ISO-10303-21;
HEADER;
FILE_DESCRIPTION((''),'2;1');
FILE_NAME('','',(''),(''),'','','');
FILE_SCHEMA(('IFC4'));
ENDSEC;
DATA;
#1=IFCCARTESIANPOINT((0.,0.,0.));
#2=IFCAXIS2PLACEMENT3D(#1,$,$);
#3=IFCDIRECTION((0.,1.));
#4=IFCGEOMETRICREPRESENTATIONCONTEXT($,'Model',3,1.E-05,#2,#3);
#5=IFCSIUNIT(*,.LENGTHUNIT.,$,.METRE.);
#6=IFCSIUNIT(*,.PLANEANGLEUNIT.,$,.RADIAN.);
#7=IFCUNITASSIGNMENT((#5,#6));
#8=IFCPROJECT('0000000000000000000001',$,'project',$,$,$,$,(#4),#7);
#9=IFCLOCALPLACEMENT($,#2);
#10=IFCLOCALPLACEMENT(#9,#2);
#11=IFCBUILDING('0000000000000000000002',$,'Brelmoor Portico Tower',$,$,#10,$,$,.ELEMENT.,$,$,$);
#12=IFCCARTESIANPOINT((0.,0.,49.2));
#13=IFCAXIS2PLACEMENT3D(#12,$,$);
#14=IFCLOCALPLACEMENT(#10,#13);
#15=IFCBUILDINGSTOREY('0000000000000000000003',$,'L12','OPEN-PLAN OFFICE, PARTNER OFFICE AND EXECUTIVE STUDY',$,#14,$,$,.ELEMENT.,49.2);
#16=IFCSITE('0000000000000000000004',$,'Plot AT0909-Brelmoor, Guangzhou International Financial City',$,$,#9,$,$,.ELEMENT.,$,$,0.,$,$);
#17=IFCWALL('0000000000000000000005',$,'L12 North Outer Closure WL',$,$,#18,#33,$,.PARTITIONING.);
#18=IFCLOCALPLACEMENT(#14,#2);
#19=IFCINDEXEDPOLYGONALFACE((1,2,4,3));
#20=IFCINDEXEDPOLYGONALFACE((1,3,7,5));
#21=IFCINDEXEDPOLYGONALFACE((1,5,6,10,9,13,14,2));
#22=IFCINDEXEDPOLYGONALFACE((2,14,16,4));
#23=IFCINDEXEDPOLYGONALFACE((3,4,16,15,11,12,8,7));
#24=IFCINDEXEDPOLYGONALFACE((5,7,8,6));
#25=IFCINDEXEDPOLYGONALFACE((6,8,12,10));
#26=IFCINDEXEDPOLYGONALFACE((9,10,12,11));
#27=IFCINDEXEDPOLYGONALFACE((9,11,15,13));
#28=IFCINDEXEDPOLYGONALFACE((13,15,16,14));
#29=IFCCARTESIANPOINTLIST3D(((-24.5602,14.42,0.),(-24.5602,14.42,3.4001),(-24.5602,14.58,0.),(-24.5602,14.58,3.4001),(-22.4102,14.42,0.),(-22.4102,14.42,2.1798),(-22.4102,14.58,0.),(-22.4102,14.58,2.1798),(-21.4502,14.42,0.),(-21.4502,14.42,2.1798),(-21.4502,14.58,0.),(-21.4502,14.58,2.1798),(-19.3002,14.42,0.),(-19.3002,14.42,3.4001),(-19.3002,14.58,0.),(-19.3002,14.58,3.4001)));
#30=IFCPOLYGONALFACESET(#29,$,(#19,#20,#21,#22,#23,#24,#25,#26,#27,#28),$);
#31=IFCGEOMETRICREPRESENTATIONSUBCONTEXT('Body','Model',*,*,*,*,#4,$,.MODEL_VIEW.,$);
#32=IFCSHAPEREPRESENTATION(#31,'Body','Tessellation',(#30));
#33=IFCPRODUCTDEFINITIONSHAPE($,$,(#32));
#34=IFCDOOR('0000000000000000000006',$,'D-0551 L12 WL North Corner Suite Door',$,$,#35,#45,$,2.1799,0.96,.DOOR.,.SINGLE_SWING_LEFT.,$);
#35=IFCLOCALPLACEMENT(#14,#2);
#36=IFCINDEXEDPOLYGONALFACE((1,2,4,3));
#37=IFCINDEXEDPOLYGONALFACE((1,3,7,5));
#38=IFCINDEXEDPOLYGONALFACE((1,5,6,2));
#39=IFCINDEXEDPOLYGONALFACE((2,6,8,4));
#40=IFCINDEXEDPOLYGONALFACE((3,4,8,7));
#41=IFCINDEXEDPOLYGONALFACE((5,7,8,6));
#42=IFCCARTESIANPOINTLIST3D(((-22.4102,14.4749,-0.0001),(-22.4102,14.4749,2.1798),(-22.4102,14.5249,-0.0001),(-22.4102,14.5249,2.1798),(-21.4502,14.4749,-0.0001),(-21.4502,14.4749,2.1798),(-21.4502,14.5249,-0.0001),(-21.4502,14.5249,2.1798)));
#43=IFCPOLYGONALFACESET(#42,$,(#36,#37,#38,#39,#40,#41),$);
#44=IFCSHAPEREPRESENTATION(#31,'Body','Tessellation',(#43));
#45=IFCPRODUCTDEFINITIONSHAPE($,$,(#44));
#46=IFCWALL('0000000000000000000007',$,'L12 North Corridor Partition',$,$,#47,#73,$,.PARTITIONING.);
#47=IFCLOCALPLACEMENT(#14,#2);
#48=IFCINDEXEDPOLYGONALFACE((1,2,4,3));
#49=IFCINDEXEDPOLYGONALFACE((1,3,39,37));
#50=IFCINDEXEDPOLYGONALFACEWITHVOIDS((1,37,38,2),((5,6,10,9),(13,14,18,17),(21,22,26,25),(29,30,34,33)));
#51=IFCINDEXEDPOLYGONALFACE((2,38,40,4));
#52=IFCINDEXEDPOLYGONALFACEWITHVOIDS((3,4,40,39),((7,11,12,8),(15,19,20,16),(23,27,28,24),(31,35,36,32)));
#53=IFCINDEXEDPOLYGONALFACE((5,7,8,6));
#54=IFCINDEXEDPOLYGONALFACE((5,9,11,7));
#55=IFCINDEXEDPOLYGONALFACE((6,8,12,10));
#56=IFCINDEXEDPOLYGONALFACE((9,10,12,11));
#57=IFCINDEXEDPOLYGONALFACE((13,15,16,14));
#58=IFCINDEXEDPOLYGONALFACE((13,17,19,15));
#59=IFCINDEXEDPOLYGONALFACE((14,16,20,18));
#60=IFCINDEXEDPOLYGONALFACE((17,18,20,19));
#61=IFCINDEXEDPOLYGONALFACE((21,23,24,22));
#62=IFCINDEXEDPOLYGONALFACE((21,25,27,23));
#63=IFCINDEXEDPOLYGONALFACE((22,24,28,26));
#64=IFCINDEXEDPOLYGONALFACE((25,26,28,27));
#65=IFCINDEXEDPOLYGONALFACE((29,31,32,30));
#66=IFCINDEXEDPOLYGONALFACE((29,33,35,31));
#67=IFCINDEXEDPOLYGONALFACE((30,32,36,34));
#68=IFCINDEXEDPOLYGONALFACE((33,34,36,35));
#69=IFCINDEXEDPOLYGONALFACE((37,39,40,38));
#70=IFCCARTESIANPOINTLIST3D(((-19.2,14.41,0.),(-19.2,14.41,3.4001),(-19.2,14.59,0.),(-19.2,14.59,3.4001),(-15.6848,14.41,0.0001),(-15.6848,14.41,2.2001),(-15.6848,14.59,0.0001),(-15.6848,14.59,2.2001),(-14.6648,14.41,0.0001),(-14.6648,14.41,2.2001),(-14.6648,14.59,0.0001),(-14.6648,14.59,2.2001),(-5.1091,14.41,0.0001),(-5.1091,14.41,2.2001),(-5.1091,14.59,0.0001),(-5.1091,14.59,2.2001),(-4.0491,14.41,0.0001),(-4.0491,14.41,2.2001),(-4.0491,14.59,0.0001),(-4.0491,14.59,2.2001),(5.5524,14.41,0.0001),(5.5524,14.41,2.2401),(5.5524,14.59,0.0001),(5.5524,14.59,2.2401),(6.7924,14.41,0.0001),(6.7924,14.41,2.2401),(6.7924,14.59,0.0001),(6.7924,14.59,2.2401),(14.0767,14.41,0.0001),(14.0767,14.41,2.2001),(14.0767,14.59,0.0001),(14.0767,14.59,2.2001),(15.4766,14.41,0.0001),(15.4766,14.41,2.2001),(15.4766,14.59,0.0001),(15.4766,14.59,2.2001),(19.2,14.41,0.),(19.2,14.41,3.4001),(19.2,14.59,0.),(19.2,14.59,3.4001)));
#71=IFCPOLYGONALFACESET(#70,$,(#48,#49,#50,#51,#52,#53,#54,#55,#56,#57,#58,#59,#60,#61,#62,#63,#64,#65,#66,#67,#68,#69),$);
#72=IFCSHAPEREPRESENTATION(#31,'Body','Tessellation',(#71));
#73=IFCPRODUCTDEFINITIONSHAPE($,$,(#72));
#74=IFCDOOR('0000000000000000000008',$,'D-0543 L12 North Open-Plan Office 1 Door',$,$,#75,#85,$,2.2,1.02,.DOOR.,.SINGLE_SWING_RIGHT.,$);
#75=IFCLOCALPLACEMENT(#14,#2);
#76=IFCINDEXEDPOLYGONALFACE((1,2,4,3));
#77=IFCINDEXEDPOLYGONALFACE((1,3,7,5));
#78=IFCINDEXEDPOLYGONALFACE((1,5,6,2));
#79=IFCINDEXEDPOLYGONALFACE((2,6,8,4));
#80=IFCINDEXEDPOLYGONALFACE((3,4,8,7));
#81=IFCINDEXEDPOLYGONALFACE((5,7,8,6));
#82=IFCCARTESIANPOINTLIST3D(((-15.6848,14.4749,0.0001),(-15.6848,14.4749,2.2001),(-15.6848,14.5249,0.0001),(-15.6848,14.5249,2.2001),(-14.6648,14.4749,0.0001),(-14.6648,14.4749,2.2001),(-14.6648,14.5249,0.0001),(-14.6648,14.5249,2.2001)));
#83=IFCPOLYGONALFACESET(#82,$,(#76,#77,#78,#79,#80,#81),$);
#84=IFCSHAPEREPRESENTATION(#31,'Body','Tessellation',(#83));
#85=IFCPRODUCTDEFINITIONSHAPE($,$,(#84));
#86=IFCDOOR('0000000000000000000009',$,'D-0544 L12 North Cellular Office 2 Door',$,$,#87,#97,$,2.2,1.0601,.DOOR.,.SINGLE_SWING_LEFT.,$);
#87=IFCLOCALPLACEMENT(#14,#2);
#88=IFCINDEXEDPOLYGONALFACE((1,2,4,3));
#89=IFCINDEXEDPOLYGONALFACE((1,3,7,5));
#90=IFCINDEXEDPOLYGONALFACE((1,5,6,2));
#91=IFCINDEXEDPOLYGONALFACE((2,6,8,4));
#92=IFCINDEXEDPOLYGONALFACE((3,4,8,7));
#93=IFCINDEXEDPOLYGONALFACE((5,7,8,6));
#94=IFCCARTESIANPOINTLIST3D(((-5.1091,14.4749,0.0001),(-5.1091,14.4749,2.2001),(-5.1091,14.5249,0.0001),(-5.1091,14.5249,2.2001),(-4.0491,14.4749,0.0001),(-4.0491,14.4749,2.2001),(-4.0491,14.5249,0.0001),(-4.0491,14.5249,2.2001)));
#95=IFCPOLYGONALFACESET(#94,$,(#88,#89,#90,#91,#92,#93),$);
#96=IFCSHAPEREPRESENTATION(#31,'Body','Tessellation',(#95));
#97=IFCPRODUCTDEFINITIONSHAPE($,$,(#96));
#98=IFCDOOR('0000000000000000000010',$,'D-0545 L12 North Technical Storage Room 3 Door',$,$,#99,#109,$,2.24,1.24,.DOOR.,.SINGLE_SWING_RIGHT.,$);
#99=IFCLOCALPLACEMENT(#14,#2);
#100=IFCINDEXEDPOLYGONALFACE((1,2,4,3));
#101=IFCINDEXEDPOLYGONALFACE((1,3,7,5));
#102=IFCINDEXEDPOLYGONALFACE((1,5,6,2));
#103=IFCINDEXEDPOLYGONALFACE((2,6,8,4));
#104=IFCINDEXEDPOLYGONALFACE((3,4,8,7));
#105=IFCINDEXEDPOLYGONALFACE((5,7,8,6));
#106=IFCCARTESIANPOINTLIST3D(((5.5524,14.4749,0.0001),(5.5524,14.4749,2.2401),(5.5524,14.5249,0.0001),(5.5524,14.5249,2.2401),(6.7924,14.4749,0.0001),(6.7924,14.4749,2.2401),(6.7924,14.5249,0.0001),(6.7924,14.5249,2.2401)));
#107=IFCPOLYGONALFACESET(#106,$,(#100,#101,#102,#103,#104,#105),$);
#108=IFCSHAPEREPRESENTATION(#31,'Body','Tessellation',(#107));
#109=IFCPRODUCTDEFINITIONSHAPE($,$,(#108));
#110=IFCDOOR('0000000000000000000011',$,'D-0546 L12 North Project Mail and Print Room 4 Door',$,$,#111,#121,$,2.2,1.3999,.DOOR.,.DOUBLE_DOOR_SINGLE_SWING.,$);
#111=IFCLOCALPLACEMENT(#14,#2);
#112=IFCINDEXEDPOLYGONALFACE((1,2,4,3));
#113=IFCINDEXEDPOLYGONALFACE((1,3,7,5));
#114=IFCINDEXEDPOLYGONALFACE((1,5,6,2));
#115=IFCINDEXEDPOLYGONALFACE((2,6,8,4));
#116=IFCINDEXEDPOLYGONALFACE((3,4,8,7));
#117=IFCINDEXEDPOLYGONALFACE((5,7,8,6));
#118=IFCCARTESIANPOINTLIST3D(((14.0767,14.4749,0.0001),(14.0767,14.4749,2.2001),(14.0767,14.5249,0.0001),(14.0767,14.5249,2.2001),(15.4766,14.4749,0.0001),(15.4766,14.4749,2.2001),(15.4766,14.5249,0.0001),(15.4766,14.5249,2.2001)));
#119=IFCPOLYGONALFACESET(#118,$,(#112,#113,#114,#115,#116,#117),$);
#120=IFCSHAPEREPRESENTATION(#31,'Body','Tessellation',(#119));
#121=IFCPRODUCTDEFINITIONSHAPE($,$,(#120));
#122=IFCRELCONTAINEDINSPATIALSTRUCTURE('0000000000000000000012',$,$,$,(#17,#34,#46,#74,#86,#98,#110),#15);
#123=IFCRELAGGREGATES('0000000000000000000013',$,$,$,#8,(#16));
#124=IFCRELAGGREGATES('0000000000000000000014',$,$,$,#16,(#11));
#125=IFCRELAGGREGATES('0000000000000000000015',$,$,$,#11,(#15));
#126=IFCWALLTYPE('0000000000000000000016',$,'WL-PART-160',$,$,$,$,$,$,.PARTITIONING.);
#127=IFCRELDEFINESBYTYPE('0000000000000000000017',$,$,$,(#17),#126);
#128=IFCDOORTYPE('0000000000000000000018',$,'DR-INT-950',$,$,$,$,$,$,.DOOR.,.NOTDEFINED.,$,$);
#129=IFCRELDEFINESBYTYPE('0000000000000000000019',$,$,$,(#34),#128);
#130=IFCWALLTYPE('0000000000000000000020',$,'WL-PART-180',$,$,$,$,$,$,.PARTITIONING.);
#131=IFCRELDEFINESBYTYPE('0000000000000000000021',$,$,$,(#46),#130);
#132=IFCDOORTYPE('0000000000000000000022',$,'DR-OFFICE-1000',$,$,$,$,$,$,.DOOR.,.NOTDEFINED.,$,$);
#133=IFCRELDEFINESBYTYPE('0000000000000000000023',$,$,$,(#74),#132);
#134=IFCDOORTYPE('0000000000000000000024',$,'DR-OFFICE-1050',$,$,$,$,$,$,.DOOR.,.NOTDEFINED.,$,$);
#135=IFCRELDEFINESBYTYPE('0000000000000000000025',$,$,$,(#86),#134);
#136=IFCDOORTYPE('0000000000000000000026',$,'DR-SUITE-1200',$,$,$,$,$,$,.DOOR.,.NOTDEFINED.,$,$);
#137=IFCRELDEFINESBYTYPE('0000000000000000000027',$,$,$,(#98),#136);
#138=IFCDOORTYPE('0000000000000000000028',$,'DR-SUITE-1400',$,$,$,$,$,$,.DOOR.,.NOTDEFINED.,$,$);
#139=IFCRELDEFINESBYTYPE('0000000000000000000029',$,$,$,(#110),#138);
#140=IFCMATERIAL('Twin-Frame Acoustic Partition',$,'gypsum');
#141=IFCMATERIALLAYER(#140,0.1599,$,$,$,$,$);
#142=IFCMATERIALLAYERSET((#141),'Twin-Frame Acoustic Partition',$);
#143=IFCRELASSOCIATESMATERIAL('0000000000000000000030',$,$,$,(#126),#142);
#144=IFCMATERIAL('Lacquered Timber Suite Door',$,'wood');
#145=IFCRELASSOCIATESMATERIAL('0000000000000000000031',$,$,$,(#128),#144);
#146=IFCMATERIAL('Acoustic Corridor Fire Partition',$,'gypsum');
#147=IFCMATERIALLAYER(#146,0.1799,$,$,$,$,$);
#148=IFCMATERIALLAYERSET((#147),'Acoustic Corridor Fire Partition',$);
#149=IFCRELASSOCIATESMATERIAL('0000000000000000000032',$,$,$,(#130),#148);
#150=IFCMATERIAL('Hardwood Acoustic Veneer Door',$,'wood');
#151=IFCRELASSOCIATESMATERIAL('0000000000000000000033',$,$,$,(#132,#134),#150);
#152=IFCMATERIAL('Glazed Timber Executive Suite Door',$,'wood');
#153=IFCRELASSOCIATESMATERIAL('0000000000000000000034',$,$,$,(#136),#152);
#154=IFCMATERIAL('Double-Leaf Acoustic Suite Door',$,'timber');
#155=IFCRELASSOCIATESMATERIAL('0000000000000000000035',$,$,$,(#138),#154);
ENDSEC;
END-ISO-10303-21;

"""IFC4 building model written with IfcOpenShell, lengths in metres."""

from ifc_helpers import new_model, si_unit, direction, frame, frame_2d, origin, place, context, subcontext, project, spatial, rectangle, extrude, material, layer, layer_set, type_object, element, fill, save


model = new_model("IFC4")

# Units and contexts
model_context = context("Model", 3, precision=1e-05, world=origin(), true_north=direction((0.0, 1.0)))
body_context = subcontext(model_context, "Body", "Model", "MODEL_VIEW")
ifc_project = project(units=[si_unit("LENGTHUNIT", "METRE"), si_unit("PLANEANGLEUNIT", "RADIAN")], contexts=[model_context])

# Site, building, storey
site_placement = place(None, origin())
site = spatial("IfcSite", under=ifc_project, at=site_placement, Name="Plot AT0909-Brelmoor, Guangzhou International Financial City", CompositionType="ELEMENT", RefElevation=0.0)
building_placement = place(site_placement, origin())
building = spatial("IfcBuilding", under=site, at=building_placement, Name="Brelmoor Portico Tower", CompositionType="ELEMENT")
storey_placement = place(building_placement, frame((0.0, 0.0, 49.2)))
storey = spatial("IfcBuildingStorey", under=building, at=storey_placement, Name="L12", Description="OPEN-PLAN OFFICE, PARTNER OFFICE AND EXECUTIVE STUDY", CompositionType="ELEMENT", Elevation=49.2)

# Wall, opening, door
ifc_material_1 = material(Name="Twin-Frame Acoustic Partition", Category="gypsum")
ifc_layer_1 = layer(ifc_material_1, 0.1599)
ifc_layer_set_1 = layer_set([ifc_layer_1], Name="Twin-Frame Acoustic Partition")
wall_type_1 = type_object("IfcWallType", Name="WL-PART-160", PredefinedType="PARTITIONING", material=ifc_layer_set_1)
wall_1_placement = place(storey_placement, frame((-24.5601, 14.5, 0.0), z_axis=(0.0, 0.0, 1.0), x_axis=(1.0, 0.0, 0.0)))
wall_1 = element("IfcWall", 1, at=wall_1_placement, inside=storey, type_object=wall_type_1, Name="L12 North Outer Closure WL", PredefinedType="PARTITIONING", context=body_context, shape_type="SweptSolid", body=[
    extrude(rectangle(XDim=5.26, YDim=0.1599, at=frame_2d((2.6299, 0.0))), origin(), (0.0, 0.0, 1.0), 3.4001),
])
opening_1_placement = place(wall_1_placement, frame((2.1499, 0.0, 0.0)))
opening_1 = element("IfcOpeningElement", 2, at=opening_1_placement, cuts=wall_1, PredefinedType="OPENING", context=body_context, shape_type="SweptSolid", body=[
    extrude(rectangle(XDim=0.96, YDim=2.1799, at=frame_2d((0.48, 1.0898))), frame((0.0, 0.0898, 0.0), z_axis=(0.0, -1.0, 0.0), x_axis=(1.0, 0.0, 0.0)), (0.0, 0.0, 1.0), 0.1799),
])
ifc_material_2 = material(Name="Lacquered Timber Suite Door", Category="wood")
door_type_1 = type_object("IfcDoorType", Name="DR-INT-950", OperationType="NOTDEFINED", PredefinedType="DOOR", material=ifc_material_2)
door_1_placement = place(opening_1_placement, origin())
door_1 = element("IfcDoor", 3, at=door_1_placement, inside=storey, type_object=door_type_1, Name="D-0551 L12 WL North Corner Suite Door", OperationType="SINGLE_SWING_LEFT", OverallHeight=2.1799, OverallWidth=0.96, PredefinedType="DOOR", context=body_context, shape_type="SweptSolid", body=[
    extrude(rectangle(XDim=0.96, YDim=2.1799, at=frame_2d((0.48, 1.0898))), frame((0.0, 0.0249, 0.0), z_axis=(0.0, -1.0, 0.0), x_axis=(1.0, 0.0, 0.0)), (0.0, 0.0, 1.0), 0.05),
])
fill(opening_1, door_1)

# Wall, openings, doors
ifc_material_3 = material(Name="Acoustic Corridor Fire Partition", Category="gypsum")
ifc_layer_2 = layer(ifc_material_3, 0.1799)
ifc_layer_set_2 = layer_set([ifc_layer_2], Name="Acoustic Corridor Fire Partition")
wall_type_2 = type_object("IfcWallType", Name="WL-PART-180", PredefinedType="PARTITIONING", material=ifc_layer_set_2)
wall_2_placement = place(storey_placement, frame((-19.2, 14.5, 0.0), z_axis=(0.0, 0.0, 1.0), x_axis=(1.0, 0.0, 0.0)))
wall_2 = element("IfcWall", 4, at=wall_2_placement, inside=storey, type_object=wall_type_2, Name="L12 North Corridor Partition", PredefinedType="PARTITIONING", context=body_context, shape_type="SweptSolid", body=[
    extrude(rectangle(XDim=38.3999, YDim=0.1799, at=frame_2d((19.2, 0.0))), origin(), (0.0, 0.0, 1.0), 3.4001),
])
opening_2_placement = place(wall_2_placement, frame((3.5151, 0.0, 0.0)))
opening_2 = element("IfcOpeningElement", 5, at=opening_2_placement, cuts=wall_2, PredefinedType="OPENING", context=body_context, shape_type="SweptSolid", body=[
    extrude(rectangle(XDim=1.02, YDim=2.2, at=frame_2d((0.51, 1.1001))), frame((0.0, 0.0999, 0.0), z_axis=(0.0, -1.0, 0.0), x_axis=(1.0, 0.0, 0.0)), (0.0, 0.0, 1.0), 0.2),
])
opening_3_placement = place(wall_2_placement, frame((14.0908, 0.0, 0.0)))
opening_3 = element("IfcOpeningElement", 6, at=opening_3_placement, cuts=wall_2, PredefinedType="OPENING", context=body_context, shape_type="SweptSolid", body=[
    extrude(rectangle(XDim=1.0601, YDim=2.2, at=frame_2d((0.53, 1.1001))), frame((0.0, 0.0999, 0.0), z_axis=(0.0, -1.0, 0.0), x_axis=(1.0, 0.0, 0.0)), (0.0, 0.0, 1.0), 0.2),
])
opening_4_placement = place(wall_2_placement, frame((24.7522, 0.0, 0.0)))
opening_4 = element("IfcOpeningElement", 7, at=opening_4_placement, cuts=wall_2, PredefinedType="OPENING", context=body_context, shape_type="SweptSolid", body=[
    extrude(rectangle(XDim=1.24, YDim=2.24, at=frame_2d((0.6201, 1.1201))), frame((0.0, 0.0999, 0.0), z_axis=(0.0, -1.0, 0.0), x_axis=(1.0, 0.0, 0.0)), (0.0, 0.0, 1.0), 0.2),
])
opening_5_placement = place(wall_2_placement, frame((33.2766, 0.0, 0.0)))
opening_5 = element("IfcOpeningElement", 8, at=opening_5_placement, cuts=wall_2, PredefinedType="OPENING", context=body_context, shape_type="SweptSolid", body=[
    extrude(rectangle(XDim=1.3999, YDim=2.2, at=frame_2d((0.7, 1.1001))), frame((0.0, 0.0999, 0.0), z_axis=(0.0, -1.0, 0.0), x_axis=(1.0, 0.0, 0.0)), (0.0, 0.0, 1.0), 0.2),
])
ifc_material_4 = material(Name="Hardwood Acoustic Veneer Door", Category="wood")
door_type_2 = type_object("IfcDoorType", Name="DR-OFFICE-1000", OperationType="NOTDEFINED", PredefinedType="DOOR", material=ifc_material_4)
door_2_placement = place(opening_2_placement, origin())
door_2 = element("IfcDoor", 9, at=door_2_placement, inside=storey, type_object=door_type_2, Name="D-0543 L12 North Open-Plan Office 1 Door", OperationType="SINGLE_SWING_RIGHT", OverallHeight=2.2, OverallWidth=1.02, PredefinedType="DOOR", context=body_context, shape_type="SweptSolid", body=[
    extrude(rectangle(XDim=1.02, YDim=2.2, at=frame_2d((0.51, 1.1001))), frame((0.0, 0.0249, 0.0), z_axis=(0.0, -1.0, 0.0), x_axis=(1.0, 0.0, 0.0)), (0.0, 0.0, 1.0), 0.05),
])
fill(opening_2, door_2)
door_type_3 = type_object("IfcDoorType", Name="DR-OFFICE-1050", OperationType="NOTDEFINED", PredefinedType="DOOR", material=ifc_material_4)
door_3_placement = place(opening_3_placement, origin())
door_3 = element("IfcDoor", 10, at=door_3_placement, inside=storey, type_object=door_type_3, Name="D-0544 L12 North Cellular Office 2 Door", OperationType="SINGLE_SWING_LEFT", OverallHeight=2.2, OverallWidth=1.0601, PredefinedType="DOOR", context=body_context, shape_type="SweptSolid", body=[
    extrude(rectangle(XDim=1.0601, YDim=2.2, at=frame_2d((0.53, 1.1001))), frame((0.0, 0.0249, 0.0), z_axis=(0.0, -1.0, 0.0), x_axis=(1.0, 0.0, 0.0)), (0.0, 0.0, 1.0), 0.05),
])
fill(opening_3, door_3)
ifc_material_5 = material(Name="Glazed Timber Executive Suite Door", Category="wood")
door_type_4 = type_object("IfcDoorType", Name="DR-SUITE-1200", OperationType="NOTDEFINED", PredefinedType="DOOR", material=ifc_material_5)
door_4_placement = place(opening_4_placement, origin())
door_4 = element("IfcDoor", 11, at=door_4_placement, inside=storey, type_object=door_type_4, Name="D-0545 L12 North Technical Storage Room 3 Door", OperationType="SINGLE_SWING_RIGHT", OverallHeight=2.24, OverallWidth=1.24, PredefinedType="DOOR", context=body_context, shape_type="SweptSolid", body=[
    extrude(rectangle(XDim=1.24, YDim=2.24, at=frame_2d((0.6201, 1.1201))), frame((0.0, 0.0249, 0.0), z_axis=(0.0, -1.0, 0.0), x_axis=(1.0, 0.0, 0.0)), (0.0, 0.0, 1.0), 0.05),
])
fill(opening_4, door_4)
ifc_material_6 = material(Name="Double-Leaf Acoustic Suite Door", Category="timber")
door_type_5 = type_object("IfcDoorType", Name="DR-SUITE-1400", OperationType="NOTDEFINED", PredefinedType="DOOR", material=ifc_material_6)
door_5_placement = place(opening_5_placement, origin())
door_5 = element("IfcDoor", 12, at=door_5_placement, inside=storey, type_object=door_type_5, Name="D-0546 L12 North Project Mail and Print Room 4 Door", OperationType="DOUBLE_DOOR_SINGLE_SWING", OverallHeight=2.2, OverallWidth=1.3999, PredefinedType="DOOR", context=body_context, shape_type="SweptSolid", body=[
    extrude(rectangle(XDim=1.3999, YDim=2.2, at=frame_2d((0.7, 1.1001))), frame((0.0, 0.0249, 0.0), z_axis=(0.0, -1.0, 0.0), x_axis=(1.0, 0.0, 0.0)), (0.0, 0.0, 1.0), 0.05),
])
fill(opening_5, door_5)

save(model, "model.ifc")
